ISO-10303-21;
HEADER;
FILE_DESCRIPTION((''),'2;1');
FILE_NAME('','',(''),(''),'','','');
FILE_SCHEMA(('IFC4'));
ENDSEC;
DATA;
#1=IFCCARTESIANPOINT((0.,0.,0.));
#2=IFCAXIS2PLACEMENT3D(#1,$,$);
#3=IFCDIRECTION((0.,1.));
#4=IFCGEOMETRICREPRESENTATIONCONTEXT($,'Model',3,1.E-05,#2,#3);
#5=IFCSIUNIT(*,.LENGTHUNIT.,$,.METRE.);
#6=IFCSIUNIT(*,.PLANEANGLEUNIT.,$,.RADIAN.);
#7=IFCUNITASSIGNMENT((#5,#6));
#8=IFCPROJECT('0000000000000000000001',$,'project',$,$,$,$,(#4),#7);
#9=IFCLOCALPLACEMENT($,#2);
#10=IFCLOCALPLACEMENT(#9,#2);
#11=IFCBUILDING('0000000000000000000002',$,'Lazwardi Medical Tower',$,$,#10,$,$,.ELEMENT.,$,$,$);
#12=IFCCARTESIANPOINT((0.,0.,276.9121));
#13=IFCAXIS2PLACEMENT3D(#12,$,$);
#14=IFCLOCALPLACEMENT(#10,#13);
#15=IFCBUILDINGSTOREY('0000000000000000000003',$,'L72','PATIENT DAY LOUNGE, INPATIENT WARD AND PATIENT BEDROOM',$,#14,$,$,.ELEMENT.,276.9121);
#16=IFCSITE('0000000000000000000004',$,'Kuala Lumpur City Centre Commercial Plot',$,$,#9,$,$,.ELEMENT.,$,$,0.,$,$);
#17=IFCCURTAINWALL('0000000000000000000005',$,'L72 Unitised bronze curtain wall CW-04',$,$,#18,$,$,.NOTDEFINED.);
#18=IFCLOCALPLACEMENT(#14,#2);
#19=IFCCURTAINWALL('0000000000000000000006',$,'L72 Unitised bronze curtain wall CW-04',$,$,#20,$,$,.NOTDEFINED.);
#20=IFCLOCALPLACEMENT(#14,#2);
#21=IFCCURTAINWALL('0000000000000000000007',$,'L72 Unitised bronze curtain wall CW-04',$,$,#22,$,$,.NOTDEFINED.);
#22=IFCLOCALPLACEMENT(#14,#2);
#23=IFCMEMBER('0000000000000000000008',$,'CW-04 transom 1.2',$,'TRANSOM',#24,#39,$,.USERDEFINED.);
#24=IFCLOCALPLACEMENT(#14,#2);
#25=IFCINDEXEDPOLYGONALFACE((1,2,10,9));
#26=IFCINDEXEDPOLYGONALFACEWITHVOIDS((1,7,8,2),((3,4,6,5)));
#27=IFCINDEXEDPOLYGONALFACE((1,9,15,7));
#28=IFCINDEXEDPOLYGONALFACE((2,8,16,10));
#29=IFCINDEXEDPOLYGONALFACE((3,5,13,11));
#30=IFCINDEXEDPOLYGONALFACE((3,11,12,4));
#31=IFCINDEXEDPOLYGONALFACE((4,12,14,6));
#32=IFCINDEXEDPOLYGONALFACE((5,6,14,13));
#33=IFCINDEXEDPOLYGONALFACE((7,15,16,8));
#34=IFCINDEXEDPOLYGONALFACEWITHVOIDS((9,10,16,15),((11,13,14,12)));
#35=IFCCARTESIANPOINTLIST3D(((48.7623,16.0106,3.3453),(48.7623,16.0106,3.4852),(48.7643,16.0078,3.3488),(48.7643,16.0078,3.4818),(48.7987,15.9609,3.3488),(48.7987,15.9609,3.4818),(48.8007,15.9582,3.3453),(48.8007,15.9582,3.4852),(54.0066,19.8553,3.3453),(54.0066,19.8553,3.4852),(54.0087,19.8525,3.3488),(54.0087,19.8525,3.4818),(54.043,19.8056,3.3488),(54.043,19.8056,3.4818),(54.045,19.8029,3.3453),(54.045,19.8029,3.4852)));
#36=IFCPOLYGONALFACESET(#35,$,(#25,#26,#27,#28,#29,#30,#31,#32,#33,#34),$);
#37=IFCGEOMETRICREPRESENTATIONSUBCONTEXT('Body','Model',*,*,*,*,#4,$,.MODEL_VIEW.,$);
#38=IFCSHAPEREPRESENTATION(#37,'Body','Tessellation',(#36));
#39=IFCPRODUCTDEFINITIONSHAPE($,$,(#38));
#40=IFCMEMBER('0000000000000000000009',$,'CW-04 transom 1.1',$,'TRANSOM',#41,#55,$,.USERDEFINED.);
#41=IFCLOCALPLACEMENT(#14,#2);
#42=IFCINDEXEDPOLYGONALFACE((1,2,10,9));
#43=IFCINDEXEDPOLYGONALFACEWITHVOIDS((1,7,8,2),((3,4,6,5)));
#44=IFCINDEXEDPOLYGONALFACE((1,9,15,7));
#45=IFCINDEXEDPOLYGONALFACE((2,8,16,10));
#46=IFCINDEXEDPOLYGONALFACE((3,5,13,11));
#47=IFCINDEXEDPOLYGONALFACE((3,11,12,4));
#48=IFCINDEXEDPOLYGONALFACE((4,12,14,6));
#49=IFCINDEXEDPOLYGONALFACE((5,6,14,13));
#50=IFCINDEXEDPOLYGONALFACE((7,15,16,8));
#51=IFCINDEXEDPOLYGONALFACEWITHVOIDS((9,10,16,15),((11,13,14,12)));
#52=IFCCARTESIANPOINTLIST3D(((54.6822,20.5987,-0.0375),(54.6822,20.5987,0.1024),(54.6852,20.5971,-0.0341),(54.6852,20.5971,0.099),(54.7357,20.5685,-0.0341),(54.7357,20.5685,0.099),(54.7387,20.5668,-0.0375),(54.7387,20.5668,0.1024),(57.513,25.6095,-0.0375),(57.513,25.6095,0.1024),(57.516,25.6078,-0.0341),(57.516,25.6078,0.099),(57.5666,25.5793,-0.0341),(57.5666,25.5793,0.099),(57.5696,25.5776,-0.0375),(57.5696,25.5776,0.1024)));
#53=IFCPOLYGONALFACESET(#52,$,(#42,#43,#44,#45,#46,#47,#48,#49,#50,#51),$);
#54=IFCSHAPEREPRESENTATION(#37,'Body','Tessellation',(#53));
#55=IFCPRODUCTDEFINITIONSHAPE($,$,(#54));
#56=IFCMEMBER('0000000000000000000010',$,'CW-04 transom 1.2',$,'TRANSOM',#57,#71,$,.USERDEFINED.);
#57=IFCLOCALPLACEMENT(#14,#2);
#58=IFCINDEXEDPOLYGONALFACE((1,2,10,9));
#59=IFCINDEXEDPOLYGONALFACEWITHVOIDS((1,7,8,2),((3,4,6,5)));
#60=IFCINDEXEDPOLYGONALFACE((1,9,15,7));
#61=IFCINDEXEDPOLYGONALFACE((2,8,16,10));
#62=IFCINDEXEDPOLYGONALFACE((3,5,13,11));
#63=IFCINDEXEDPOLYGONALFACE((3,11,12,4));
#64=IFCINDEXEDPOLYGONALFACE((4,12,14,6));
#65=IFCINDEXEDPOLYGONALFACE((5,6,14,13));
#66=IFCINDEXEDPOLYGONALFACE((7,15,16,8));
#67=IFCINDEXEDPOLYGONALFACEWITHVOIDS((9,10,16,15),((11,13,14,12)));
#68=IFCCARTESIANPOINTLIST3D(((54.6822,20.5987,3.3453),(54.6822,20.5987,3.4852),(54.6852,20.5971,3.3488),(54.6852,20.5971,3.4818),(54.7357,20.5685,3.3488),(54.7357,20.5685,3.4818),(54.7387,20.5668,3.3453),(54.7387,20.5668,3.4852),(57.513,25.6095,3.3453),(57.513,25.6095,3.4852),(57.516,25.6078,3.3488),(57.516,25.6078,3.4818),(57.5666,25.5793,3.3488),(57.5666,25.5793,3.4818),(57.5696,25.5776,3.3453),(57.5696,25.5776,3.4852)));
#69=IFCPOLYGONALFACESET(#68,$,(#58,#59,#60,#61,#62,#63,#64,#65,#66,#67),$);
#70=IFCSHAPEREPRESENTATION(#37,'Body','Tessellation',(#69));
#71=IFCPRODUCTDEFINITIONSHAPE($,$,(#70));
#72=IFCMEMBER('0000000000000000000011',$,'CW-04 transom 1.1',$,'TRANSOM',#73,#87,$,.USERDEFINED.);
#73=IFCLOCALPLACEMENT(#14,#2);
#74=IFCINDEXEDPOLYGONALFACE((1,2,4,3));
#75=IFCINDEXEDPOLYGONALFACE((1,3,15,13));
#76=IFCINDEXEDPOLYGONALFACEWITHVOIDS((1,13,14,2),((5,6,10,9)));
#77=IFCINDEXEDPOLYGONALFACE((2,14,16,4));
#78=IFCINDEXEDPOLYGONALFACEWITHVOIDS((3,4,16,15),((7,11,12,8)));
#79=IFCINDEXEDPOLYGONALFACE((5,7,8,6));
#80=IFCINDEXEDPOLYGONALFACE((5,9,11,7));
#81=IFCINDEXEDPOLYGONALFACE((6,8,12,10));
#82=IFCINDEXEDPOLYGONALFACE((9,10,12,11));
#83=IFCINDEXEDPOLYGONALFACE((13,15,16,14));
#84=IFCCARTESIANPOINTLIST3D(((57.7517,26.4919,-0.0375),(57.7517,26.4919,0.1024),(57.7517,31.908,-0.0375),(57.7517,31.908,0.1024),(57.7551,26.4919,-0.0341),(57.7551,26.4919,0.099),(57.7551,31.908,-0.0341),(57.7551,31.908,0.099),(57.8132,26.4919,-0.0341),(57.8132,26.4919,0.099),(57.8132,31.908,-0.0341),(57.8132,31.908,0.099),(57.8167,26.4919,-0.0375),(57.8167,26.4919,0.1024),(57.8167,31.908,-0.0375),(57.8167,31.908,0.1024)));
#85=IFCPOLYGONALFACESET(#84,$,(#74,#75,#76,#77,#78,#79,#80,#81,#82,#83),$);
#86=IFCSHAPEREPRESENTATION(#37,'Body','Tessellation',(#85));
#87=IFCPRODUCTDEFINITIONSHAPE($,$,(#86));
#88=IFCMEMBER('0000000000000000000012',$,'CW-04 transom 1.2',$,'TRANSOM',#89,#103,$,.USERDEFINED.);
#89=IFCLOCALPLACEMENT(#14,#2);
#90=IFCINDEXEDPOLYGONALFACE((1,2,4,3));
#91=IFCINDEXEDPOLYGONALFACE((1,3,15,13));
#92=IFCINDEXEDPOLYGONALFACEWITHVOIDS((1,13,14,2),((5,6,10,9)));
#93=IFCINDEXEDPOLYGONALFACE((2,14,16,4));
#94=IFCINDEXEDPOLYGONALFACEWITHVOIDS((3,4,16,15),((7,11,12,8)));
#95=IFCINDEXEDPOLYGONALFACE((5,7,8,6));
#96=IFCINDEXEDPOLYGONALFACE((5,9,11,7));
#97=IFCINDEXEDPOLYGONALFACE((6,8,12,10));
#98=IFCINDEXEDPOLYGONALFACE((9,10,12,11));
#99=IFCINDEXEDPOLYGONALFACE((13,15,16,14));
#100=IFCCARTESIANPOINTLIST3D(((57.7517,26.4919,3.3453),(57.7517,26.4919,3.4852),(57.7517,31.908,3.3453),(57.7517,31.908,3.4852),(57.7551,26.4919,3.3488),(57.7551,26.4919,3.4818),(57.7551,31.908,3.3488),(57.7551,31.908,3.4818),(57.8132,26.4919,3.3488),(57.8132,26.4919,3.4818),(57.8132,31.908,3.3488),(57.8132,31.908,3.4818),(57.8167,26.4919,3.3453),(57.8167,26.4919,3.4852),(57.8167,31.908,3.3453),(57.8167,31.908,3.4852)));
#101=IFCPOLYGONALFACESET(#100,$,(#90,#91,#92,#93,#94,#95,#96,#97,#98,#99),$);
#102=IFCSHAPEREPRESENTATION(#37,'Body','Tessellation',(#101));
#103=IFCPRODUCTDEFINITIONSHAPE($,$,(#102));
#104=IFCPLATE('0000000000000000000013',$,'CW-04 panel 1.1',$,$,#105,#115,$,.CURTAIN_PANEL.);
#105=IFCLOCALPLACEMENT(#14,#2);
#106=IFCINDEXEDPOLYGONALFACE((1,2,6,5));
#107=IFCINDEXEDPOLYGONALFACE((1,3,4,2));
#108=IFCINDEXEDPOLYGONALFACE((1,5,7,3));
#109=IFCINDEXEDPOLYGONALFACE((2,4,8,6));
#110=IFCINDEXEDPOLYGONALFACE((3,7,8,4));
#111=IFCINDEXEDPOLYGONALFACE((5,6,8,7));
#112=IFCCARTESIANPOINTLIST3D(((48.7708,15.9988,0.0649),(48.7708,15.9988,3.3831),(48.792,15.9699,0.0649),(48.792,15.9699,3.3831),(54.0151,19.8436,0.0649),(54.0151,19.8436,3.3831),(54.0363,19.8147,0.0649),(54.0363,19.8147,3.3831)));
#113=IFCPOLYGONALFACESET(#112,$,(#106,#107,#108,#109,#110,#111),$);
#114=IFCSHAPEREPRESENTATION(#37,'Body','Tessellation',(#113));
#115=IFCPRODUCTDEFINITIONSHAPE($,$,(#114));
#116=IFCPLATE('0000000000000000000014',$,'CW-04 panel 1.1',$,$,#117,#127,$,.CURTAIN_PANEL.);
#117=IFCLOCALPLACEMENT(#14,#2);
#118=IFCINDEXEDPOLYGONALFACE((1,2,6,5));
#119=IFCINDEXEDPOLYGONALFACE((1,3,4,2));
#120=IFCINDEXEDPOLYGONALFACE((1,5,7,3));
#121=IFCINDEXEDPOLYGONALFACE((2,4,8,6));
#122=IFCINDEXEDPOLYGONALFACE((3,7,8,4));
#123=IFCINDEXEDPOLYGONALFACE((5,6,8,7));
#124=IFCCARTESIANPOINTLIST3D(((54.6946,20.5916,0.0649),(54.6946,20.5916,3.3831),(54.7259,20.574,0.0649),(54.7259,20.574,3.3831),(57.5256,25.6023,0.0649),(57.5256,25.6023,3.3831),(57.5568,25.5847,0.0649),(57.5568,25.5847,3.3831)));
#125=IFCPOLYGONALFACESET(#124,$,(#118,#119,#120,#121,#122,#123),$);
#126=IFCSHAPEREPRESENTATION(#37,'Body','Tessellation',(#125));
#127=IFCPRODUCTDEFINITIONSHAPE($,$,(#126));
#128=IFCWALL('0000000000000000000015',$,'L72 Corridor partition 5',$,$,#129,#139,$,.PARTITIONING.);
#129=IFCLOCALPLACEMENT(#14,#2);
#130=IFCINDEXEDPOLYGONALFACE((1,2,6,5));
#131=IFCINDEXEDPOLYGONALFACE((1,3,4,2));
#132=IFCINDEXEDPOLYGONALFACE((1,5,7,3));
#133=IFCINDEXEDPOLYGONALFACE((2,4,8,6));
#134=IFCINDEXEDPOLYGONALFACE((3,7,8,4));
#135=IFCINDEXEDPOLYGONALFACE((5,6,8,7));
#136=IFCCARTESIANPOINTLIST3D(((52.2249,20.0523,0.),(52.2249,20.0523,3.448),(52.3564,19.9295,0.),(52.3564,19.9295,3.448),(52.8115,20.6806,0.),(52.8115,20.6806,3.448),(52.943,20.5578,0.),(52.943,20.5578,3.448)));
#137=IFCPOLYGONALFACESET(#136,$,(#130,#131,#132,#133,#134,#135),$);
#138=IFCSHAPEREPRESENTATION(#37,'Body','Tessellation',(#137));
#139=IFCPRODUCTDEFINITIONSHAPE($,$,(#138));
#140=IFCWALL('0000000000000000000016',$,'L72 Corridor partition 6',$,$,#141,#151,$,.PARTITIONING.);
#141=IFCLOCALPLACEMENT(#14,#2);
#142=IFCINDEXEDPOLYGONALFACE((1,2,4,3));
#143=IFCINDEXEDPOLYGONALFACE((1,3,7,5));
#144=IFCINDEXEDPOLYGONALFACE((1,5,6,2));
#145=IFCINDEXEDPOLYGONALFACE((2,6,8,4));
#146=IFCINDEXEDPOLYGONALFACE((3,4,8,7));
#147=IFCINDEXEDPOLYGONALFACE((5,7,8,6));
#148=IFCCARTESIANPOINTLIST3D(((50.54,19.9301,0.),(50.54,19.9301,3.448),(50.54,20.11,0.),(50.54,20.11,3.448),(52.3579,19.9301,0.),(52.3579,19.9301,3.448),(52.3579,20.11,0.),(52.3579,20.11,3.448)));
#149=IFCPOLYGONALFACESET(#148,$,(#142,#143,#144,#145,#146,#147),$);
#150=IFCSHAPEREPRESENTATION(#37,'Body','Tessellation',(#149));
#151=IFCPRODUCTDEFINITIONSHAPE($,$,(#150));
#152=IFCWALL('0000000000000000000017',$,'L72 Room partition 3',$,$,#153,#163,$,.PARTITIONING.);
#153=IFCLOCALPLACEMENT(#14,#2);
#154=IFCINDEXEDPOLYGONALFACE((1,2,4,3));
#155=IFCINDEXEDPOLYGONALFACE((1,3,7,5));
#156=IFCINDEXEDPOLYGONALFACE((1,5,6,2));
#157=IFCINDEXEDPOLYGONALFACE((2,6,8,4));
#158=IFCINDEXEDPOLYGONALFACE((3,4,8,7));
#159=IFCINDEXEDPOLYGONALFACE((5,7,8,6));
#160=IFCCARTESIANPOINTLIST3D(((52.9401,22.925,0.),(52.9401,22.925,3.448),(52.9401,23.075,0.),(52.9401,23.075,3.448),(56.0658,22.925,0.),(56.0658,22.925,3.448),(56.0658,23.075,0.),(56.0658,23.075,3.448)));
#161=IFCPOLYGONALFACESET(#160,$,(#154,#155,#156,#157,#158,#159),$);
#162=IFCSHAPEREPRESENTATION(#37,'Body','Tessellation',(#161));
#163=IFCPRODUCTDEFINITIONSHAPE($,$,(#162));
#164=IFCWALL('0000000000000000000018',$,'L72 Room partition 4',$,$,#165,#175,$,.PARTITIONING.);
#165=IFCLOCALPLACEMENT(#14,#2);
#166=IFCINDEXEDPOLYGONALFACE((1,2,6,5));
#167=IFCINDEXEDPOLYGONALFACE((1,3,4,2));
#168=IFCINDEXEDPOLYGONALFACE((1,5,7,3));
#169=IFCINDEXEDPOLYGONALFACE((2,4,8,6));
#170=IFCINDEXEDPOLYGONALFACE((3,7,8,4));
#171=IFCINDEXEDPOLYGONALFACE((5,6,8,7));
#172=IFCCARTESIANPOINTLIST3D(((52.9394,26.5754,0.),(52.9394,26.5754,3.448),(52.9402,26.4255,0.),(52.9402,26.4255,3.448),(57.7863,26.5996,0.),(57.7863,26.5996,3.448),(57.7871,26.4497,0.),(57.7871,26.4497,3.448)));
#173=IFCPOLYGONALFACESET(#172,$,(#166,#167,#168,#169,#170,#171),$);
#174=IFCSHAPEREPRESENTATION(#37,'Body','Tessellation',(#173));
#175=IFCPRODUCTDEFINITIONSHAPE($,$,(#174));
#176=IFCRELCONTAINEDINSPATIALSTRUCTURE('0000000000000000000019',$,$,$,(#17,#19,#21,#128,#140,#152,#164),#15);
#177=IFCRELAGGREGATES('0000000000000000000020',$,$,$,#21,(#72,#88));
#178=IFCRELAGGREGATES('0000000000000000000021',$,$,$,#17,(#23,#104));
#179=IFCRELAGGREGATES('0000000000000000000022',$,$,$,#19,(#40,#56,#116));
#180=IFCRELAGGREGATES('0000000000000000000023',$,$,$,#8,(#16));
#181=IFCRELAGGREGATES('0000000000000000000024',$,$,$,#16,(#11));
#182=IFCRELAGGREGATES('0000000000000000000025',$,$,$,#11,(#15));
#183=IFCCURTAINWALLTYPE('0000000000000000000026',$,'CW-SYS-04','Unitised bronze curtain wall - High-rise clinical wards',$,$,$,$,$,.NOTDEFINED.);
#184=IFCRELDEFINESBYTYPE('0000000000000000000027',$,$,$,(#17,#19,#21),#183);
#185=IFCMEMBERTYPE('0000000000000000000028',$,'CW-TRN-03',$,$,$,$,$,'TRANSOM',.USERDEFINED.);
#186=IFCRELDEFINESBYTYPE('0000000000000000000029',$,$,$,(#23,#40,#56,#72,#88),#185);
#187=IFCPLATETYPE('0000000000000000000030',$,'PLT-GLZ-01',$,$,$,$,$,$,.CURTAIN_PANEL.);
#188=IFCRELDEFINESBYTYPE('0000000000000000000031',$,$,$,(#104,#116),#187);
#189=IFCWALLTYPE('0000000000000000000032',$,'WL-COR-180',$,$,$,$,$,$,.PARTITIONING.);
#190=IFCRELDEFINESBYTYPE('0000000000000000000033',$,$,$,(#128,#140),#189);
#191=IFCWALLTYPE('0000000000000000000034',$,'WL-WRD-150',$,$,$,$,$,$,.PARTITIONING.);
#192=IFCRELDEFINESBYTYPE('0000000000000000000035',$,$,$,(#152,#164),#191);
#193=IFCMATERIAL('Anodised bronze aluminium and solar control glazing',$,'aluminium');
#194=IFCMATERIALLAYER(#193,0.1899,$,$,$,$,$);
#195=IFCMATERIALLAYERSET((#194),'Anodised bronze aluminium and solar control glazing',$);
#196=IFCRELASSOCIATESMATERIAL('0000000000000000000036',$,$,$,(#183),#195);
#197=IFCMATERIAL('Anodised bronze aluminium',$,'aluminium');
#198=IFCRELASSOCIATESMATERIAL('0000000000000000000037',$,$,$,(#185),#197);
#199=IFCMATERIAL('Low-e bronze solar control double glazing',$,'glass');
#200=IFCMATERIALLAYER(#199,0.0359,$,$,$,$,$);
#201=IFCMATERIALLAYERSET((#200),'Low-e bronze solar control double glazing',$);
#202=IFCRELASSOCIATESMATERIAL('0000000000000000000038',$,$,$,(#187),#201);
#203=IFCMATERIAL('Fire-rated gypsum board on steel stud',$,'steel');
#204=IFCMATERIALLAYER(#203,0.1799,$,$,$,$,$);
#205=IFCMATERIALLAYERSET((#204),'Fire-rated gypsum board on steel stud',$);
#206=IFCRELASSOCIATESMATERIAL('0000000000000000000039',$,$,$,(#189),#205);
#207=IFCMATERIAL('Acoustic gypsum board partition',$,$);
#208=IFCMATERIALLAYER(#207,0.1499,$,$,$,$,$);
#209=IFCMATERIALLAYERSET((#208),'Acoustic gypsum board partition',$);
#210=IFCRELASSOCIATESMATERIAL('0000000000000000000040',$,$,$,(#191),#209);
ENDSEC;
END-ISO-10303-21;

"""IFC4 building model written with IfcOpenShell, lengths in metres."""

from ifc_helpers import new_model, si_unit, direction, frame, frame_2d, origin, origin_2d, place, context, subcontext, project, spatial, rectangle, hollow_rectangle, extrude, material, layer, layer_set, material_profile, profile_set, type_object, element, aggregate, save


model = new_model("IFC4")

# Units and contexts
model_context = context("Model", 3, precision=1e-05, world=origin(), true_north=direction((0.0, 1.0)))
body_context = subcontext(model_context, "Body", "Model", "MODEL_VIEW")
ifc_project = project(units=[si_unit("LENGTHUNIT", "METRE"), si_unit("PLANEANGLEUNIT", "RADIAN")], contexts=[model_context])

# Site, building, storey
site_placement = place(None, origin())
site = spatial("IfcSite", under=ifc_project, at=site_placement, Name="Kuala Lumpur City Centre Commercial Plot", CompositionType="ELEMENT", RefElevation=0.0)
building_placement = place(site_placement, origin())
building = spatial("IfcBuilding", under=site, at=building_placement, Name="Lazwardi Medical Tower", CompositionType="ELEMENT")
storey_placement = place(building_placement, frame((0.0, 0.0, 276.9121)))
storey = spatial("IfcBuildingStorey", under=building, at=storey_placement, Name="L72", Description="PATIENT DAY LOUNGE, INPATIENT WARD AND PATIENT BEDROOM", CompositionType="ELEMENT", Elevation=276.9121)

# Curtain walls
ifc_material_1 = material(Name="Anodised bronze aluminium and solar control glazing", Category="aluminium")
ifc_layer_1 = layer(ifc_material_1, 0.1899)
ifc_layer_set_1 = layer_set([ifc_layer_1], Name="Anodised bronze aluminium and solar control glazing")
curtain_wall_type = type_object("IfcCurtainWallType", Name="CW-SYS-04", Description="Unitised bronze curtain wall - High-rise clinical wards", PredefinedType="NOTDEFINED", material=ifc_layer_set_1)
curtain_wall_1_placement = place(storey_placement, origin())
curtain_wall_1 = element("IfcCurtainWall", 1, at=curtain_wall_1_placement, inside=storey, type_object=curtain_wall_type, Name="L72 Unitised bronze curtain wall CW-04", PredefinedType="NOTDEFINED")
ifc_material_2 = material(Name="Anodised bronze aluminium", Category="aluminium")
curtain_wall_2_placement = place(storey_placement, origin())
curtain_wall_2 = element("IfcCurtainWall", 2, at=curtain_wall_2_placement, inside=storey, type_object=curtain_wall_type, Name="L72 Unitised bronze curtain wall CW-04", PredefinedType="NOTDEFINED")

# Curtain wall
curtain_wall_3_placement = place(storey_placement, origin())
curtain_wall_3 = element("IfcCurtainWall", 3, at=curtain_wall_3_placement, inside=storey, type_object=curtain_wall_type, Name="L72 Unitised bronze curtain wall CW-04", PredefinedType="NOTDEFINED")

# Members
ifc_material_profile_1 = material_profile(ifc_material_2, hollow_rectangle(XDim=0.0649, YDim=0.1399, WallThickness=0.0034, at=origin_2d()), Name="ALU-TRANSOM 140x65x3.5")
ifc_profile_set_1 = profile_set([ifc_material_profile_1], Name="Anodised bronze aluminium")
member_type_1 = type_object("IfcMemberType", Name="CW-TRN-03", ElementType="TRANSOM", PredefinedType="USERDEFINED", material=ifc_profile_set_1)
member_1_placement = place(storey_placement, frame((48.7815, 15.9844, 3.4153), z_axis=(0.80649, 0.591248, 0.0), x_axis=(-0.591248, 0.80649, 0.0)))
member_1 = element("IfcMember", 4, at=member_1_placement, type_object=member_type_1, Name="CW-04 transom 1.2", ObjectType="TRANSOM", PredefinedType="USERDEFINED", context=body_context, shape_type="SweptSolid", body=[
    extrude(hollow_rectangle(XDim=0.0649, YDim=0.1399, WallThickness=0.0034, at=origin_2d()), origin(), (0.0, 0.0, 1.0), 6.5027),
])
member_2_placement = place(storey_placement, frame((54.7104, 20.5828, 0.0325), z_axis=(0.49188, 0.870663, 0.0), x_axis=(-0.870663, 0.49188, 0.0)))
member_2 = element("IfcMember", 5, at=member_2_placement, type_object=member_type_1, Name="CW-04 transom 1.1", ObjectType="TRANSOM", PredefinedType="USERDEFINED", context=body_context, shape_type="SweptSolid", body=[
    extrude(hollow_rectangle(XDim=0.0649, YDim=0.1399, WallThickness=0.0034, at=origin_2d()), origin(), (0.0, 0.0, 1.0), 5.7551),
])
member_3_placement = place(storey_placement, frame((54.7104, 20.5828, 3.4153), z_axis=(0.49188, 0.870663, 0.0), x_axis=(-0.870663, 0.49188, 0.0)))
member_3 = element("IfcMember", 6, at=member_3_placement, type_object=member_type_1, Name="CW-04 transom 1.2", ObjectType="TRANSOM", PredefinedType="USERDEFINED", context=body_context, shape_type="SweptSolid", body=[
    extrude(hollow_rectangle(XDim=0.0649, YDim=0.1399, WallThickness=0.0034, at=origin_2d()), origin(), (0.0, 0.0, 1.0), 5.7551),
])
member_4_placement = place(storey_placement, frame((57.7842, 26.4919, 0.0325), z_axis=(0.0, 1.0, 0.0), x_axis=(-1.0, 0.0, 0.0)))
member_4 = element("IfcMember", 7, at=member_4_placement, type_object=member_type_1, Name="CW-04 transom 1.1", ObjectType="TRANSOM", PredefinedType="USERDEFINED", context=body_context, shape_type="SweptSolid", body=[
    extrude(hollow_rectangle(XDim=0.0649, YDim=0.1399, WallThickness=0.0034, at=origin_2d()), origin(), (0.0, 0.0, 1.0), 5.416),
])
member_5_placement = place(storey_placement, frame((57.7842, 26.4919, 3.4153), z_axis=(0.0, 1.0, 0.0), x_axis=(-1.0, 0.0, 0.0)))
member_5 = element("IfcMember", 8, at=member_5_placement, type_object=member_type_1, Name="CW-04 transom 1.2", ObjectType="TRANSOM", PredefinedType="USERDEFINED", context=body_context, shape_type="SweptSolid", body=[
    extrude(hollow_rectangle(XDim=0.0649, YDim=0.1399, WallThickness=0.0034, at=origin_2d()), origin(), (0.0, 0.0, 1.0), 5.416),
])
aggregate(curtain_wall_3, [member_4, member_5])

# Plates
ifc_material_3 = material(Name="Low-e bronze solar control double glazing", Category="glass")
ifc_layer_2 = layer(ifc_material_3, 0.0359)
ifc_layer_set_2 = layer_set([ifc_layer_2], Name="Low-e bronze solar control double glazing")
plate_type = type_object("IfcPlateType", Name="PLT-GLZ-01", PredefinedType="CURTAIN_PANEL", material=ifc_layer_set_2)
plate_1_placement = place(storey_placement, frame((51.4036, 17.9067, 0.0649), z_axis=(0.0, 0.0, 1.0), x_axis=(0.806475, 0.591268, 0.0)))
plate_1 = element("IfcPlate", 9, at=plate_1_placement, type_object=plate_type, Name="CW-04 panel 1.1", PredefinedType="CURTAIN_PANEL", context=body_context, shape_type="SweptSolid", body=[
    extrude(rectangle(XDim=6.5027, YDim=0.0359, at=origin_2d()), origin(), (0.0, 0.0, 1.0), 3.3181),
])
aggregate(curtain_wall_1, [member_1, plate_1])
plate_2_placement = place(storey_placement, frame((56.1257, 23.0881, 0.0649), z_axis=(0.0, 0.0, 1.0), x_axis=(0.4919, 0.870651, 0.0)))
plate_2 = element("IfcPlate", 10, at=plate_2_placement, type_object=plate_type, Name="CW-04 panel 1.1", PredefinedType="CURTAIN_PANEL", context=body_context, shape_type="SweptSolid", body=[
    extrude(rectangle(XDim=5.7551, YDim=0.0359, at=origin_2d()), origin(), (0.0, 0.0, 1.0), 3.3181),
])
aggregate(curtain_wall_2, [member_2, member_3, plate_2])

# Walls
ifc_material_4 = material(Name="Fire-rated gypsum board on steel stud", Category="steel")
ifc_layer_3 = layer(ifc_material_4, 0.1799)
ifc_layer_set_3 = layer_set([ifc_layer_3], Name="Fire-rated gypsum board on steel stud")
wall_type_1 = type_object("IfcWallType", Name="WL-COR-180", PredefinedType="PARTITIONING", material=ifc_layer_set_3)
wall_1_placement = place(storey_placement, frame((52.8772, 20.6191, 0.0), z_axis=(0.0, 0.0, 1.0), x_axis=(-0.682409, -0.73097, 0.0)))
element("IfcWall", 11, at=wall_1_placement, inside=storey, type_object=wall_type_1, Name="L72 Corridor partition 5", PredefinedType="PARTITIONING", context=body_context, shape_type="SweptSolid", body=[
    extrude(rectangle(XDim=0.8596, YDim=0.1799, at=frame_2d((0.4297, 0.0))), origin(), (0.0, 0.0, 1.0), 3.448),
])
wall_2_placement = place(storey_placement, frame((52.3579, 20.02, 0.0), z_axis=(0.0, 0.0, 1.0), x_axis=(-1.0, 0.0, 0.0)))
element("IfcWall", 12, at=wall_2_placement, inside=storey, type_object=wall_type_1, Name="L72 Corridor partition 6", PredefinedType="PARTITIONING", context=body_context, shape_type="SweptSolid", body=[
    extrude(rectangle(XDim=1.8179, YDim=0.1799, at=frame_2d((0.9089, 0.0))), origin(), (0.0, 0.0, 1.0), 3.448),
])
ifc_material_5 = material(Name="Acoustic gypsum board partition")
ifc_layer_4 = layer(ifc_material_5, 0.1499)
ifc_layer_set_4 = layer_set([ifc_layer_4], Name="Acoustic gypsum board partition")
wall_type_2 = type_object("IfcWallType", Name="WL-WRD-150", PredefinedType="PARTITIONING", material=ifc_layer_set_4)
wall_3_placement = place(storey_placement, frame((52.9399, 23.0, 0.0), z_axis=(0.0, 0.0, 1.0), x_axis=(1.0, 0.0, 0.0)))
element("IfcWall", 13, at=wall_3_placement, inside=storey, type_object=wall_type_2, Name="L72 Room partition 3", PredefinedType="PARTITIONING", context=body_context, shape_type="SweptSolid", body=[
    extrude(rectangle(XDim=3.1257, YDim=0.1499, at=frame_2d((1.563, 0.0))), origin(), (0.0, 0.0, 1.0), 3.448),
])
wall_4_placement = place(storey_placement, frame((52.9399, 26.5005, 0.0), z_axis=(0.0, 0.0, 1.0), x_axis=(0.999988, 0.004987, 0.0)))
element("IfcWall", 14, at=wall_4_placement, inside=storey, type_object=wall_type_2, Name="L72 Room partition 4", PredefinedType="PARTITIONING", context=body_context, shape_type="SweptSolid", body=[
    extrude(rectangle(XDim=4.8469, YDim=0.1499, at=frame_2d((2.4233, 0.0))), origin(), (0.0, 0.0, 1.0), 3.448),
])

save(model, "model.ifc")
